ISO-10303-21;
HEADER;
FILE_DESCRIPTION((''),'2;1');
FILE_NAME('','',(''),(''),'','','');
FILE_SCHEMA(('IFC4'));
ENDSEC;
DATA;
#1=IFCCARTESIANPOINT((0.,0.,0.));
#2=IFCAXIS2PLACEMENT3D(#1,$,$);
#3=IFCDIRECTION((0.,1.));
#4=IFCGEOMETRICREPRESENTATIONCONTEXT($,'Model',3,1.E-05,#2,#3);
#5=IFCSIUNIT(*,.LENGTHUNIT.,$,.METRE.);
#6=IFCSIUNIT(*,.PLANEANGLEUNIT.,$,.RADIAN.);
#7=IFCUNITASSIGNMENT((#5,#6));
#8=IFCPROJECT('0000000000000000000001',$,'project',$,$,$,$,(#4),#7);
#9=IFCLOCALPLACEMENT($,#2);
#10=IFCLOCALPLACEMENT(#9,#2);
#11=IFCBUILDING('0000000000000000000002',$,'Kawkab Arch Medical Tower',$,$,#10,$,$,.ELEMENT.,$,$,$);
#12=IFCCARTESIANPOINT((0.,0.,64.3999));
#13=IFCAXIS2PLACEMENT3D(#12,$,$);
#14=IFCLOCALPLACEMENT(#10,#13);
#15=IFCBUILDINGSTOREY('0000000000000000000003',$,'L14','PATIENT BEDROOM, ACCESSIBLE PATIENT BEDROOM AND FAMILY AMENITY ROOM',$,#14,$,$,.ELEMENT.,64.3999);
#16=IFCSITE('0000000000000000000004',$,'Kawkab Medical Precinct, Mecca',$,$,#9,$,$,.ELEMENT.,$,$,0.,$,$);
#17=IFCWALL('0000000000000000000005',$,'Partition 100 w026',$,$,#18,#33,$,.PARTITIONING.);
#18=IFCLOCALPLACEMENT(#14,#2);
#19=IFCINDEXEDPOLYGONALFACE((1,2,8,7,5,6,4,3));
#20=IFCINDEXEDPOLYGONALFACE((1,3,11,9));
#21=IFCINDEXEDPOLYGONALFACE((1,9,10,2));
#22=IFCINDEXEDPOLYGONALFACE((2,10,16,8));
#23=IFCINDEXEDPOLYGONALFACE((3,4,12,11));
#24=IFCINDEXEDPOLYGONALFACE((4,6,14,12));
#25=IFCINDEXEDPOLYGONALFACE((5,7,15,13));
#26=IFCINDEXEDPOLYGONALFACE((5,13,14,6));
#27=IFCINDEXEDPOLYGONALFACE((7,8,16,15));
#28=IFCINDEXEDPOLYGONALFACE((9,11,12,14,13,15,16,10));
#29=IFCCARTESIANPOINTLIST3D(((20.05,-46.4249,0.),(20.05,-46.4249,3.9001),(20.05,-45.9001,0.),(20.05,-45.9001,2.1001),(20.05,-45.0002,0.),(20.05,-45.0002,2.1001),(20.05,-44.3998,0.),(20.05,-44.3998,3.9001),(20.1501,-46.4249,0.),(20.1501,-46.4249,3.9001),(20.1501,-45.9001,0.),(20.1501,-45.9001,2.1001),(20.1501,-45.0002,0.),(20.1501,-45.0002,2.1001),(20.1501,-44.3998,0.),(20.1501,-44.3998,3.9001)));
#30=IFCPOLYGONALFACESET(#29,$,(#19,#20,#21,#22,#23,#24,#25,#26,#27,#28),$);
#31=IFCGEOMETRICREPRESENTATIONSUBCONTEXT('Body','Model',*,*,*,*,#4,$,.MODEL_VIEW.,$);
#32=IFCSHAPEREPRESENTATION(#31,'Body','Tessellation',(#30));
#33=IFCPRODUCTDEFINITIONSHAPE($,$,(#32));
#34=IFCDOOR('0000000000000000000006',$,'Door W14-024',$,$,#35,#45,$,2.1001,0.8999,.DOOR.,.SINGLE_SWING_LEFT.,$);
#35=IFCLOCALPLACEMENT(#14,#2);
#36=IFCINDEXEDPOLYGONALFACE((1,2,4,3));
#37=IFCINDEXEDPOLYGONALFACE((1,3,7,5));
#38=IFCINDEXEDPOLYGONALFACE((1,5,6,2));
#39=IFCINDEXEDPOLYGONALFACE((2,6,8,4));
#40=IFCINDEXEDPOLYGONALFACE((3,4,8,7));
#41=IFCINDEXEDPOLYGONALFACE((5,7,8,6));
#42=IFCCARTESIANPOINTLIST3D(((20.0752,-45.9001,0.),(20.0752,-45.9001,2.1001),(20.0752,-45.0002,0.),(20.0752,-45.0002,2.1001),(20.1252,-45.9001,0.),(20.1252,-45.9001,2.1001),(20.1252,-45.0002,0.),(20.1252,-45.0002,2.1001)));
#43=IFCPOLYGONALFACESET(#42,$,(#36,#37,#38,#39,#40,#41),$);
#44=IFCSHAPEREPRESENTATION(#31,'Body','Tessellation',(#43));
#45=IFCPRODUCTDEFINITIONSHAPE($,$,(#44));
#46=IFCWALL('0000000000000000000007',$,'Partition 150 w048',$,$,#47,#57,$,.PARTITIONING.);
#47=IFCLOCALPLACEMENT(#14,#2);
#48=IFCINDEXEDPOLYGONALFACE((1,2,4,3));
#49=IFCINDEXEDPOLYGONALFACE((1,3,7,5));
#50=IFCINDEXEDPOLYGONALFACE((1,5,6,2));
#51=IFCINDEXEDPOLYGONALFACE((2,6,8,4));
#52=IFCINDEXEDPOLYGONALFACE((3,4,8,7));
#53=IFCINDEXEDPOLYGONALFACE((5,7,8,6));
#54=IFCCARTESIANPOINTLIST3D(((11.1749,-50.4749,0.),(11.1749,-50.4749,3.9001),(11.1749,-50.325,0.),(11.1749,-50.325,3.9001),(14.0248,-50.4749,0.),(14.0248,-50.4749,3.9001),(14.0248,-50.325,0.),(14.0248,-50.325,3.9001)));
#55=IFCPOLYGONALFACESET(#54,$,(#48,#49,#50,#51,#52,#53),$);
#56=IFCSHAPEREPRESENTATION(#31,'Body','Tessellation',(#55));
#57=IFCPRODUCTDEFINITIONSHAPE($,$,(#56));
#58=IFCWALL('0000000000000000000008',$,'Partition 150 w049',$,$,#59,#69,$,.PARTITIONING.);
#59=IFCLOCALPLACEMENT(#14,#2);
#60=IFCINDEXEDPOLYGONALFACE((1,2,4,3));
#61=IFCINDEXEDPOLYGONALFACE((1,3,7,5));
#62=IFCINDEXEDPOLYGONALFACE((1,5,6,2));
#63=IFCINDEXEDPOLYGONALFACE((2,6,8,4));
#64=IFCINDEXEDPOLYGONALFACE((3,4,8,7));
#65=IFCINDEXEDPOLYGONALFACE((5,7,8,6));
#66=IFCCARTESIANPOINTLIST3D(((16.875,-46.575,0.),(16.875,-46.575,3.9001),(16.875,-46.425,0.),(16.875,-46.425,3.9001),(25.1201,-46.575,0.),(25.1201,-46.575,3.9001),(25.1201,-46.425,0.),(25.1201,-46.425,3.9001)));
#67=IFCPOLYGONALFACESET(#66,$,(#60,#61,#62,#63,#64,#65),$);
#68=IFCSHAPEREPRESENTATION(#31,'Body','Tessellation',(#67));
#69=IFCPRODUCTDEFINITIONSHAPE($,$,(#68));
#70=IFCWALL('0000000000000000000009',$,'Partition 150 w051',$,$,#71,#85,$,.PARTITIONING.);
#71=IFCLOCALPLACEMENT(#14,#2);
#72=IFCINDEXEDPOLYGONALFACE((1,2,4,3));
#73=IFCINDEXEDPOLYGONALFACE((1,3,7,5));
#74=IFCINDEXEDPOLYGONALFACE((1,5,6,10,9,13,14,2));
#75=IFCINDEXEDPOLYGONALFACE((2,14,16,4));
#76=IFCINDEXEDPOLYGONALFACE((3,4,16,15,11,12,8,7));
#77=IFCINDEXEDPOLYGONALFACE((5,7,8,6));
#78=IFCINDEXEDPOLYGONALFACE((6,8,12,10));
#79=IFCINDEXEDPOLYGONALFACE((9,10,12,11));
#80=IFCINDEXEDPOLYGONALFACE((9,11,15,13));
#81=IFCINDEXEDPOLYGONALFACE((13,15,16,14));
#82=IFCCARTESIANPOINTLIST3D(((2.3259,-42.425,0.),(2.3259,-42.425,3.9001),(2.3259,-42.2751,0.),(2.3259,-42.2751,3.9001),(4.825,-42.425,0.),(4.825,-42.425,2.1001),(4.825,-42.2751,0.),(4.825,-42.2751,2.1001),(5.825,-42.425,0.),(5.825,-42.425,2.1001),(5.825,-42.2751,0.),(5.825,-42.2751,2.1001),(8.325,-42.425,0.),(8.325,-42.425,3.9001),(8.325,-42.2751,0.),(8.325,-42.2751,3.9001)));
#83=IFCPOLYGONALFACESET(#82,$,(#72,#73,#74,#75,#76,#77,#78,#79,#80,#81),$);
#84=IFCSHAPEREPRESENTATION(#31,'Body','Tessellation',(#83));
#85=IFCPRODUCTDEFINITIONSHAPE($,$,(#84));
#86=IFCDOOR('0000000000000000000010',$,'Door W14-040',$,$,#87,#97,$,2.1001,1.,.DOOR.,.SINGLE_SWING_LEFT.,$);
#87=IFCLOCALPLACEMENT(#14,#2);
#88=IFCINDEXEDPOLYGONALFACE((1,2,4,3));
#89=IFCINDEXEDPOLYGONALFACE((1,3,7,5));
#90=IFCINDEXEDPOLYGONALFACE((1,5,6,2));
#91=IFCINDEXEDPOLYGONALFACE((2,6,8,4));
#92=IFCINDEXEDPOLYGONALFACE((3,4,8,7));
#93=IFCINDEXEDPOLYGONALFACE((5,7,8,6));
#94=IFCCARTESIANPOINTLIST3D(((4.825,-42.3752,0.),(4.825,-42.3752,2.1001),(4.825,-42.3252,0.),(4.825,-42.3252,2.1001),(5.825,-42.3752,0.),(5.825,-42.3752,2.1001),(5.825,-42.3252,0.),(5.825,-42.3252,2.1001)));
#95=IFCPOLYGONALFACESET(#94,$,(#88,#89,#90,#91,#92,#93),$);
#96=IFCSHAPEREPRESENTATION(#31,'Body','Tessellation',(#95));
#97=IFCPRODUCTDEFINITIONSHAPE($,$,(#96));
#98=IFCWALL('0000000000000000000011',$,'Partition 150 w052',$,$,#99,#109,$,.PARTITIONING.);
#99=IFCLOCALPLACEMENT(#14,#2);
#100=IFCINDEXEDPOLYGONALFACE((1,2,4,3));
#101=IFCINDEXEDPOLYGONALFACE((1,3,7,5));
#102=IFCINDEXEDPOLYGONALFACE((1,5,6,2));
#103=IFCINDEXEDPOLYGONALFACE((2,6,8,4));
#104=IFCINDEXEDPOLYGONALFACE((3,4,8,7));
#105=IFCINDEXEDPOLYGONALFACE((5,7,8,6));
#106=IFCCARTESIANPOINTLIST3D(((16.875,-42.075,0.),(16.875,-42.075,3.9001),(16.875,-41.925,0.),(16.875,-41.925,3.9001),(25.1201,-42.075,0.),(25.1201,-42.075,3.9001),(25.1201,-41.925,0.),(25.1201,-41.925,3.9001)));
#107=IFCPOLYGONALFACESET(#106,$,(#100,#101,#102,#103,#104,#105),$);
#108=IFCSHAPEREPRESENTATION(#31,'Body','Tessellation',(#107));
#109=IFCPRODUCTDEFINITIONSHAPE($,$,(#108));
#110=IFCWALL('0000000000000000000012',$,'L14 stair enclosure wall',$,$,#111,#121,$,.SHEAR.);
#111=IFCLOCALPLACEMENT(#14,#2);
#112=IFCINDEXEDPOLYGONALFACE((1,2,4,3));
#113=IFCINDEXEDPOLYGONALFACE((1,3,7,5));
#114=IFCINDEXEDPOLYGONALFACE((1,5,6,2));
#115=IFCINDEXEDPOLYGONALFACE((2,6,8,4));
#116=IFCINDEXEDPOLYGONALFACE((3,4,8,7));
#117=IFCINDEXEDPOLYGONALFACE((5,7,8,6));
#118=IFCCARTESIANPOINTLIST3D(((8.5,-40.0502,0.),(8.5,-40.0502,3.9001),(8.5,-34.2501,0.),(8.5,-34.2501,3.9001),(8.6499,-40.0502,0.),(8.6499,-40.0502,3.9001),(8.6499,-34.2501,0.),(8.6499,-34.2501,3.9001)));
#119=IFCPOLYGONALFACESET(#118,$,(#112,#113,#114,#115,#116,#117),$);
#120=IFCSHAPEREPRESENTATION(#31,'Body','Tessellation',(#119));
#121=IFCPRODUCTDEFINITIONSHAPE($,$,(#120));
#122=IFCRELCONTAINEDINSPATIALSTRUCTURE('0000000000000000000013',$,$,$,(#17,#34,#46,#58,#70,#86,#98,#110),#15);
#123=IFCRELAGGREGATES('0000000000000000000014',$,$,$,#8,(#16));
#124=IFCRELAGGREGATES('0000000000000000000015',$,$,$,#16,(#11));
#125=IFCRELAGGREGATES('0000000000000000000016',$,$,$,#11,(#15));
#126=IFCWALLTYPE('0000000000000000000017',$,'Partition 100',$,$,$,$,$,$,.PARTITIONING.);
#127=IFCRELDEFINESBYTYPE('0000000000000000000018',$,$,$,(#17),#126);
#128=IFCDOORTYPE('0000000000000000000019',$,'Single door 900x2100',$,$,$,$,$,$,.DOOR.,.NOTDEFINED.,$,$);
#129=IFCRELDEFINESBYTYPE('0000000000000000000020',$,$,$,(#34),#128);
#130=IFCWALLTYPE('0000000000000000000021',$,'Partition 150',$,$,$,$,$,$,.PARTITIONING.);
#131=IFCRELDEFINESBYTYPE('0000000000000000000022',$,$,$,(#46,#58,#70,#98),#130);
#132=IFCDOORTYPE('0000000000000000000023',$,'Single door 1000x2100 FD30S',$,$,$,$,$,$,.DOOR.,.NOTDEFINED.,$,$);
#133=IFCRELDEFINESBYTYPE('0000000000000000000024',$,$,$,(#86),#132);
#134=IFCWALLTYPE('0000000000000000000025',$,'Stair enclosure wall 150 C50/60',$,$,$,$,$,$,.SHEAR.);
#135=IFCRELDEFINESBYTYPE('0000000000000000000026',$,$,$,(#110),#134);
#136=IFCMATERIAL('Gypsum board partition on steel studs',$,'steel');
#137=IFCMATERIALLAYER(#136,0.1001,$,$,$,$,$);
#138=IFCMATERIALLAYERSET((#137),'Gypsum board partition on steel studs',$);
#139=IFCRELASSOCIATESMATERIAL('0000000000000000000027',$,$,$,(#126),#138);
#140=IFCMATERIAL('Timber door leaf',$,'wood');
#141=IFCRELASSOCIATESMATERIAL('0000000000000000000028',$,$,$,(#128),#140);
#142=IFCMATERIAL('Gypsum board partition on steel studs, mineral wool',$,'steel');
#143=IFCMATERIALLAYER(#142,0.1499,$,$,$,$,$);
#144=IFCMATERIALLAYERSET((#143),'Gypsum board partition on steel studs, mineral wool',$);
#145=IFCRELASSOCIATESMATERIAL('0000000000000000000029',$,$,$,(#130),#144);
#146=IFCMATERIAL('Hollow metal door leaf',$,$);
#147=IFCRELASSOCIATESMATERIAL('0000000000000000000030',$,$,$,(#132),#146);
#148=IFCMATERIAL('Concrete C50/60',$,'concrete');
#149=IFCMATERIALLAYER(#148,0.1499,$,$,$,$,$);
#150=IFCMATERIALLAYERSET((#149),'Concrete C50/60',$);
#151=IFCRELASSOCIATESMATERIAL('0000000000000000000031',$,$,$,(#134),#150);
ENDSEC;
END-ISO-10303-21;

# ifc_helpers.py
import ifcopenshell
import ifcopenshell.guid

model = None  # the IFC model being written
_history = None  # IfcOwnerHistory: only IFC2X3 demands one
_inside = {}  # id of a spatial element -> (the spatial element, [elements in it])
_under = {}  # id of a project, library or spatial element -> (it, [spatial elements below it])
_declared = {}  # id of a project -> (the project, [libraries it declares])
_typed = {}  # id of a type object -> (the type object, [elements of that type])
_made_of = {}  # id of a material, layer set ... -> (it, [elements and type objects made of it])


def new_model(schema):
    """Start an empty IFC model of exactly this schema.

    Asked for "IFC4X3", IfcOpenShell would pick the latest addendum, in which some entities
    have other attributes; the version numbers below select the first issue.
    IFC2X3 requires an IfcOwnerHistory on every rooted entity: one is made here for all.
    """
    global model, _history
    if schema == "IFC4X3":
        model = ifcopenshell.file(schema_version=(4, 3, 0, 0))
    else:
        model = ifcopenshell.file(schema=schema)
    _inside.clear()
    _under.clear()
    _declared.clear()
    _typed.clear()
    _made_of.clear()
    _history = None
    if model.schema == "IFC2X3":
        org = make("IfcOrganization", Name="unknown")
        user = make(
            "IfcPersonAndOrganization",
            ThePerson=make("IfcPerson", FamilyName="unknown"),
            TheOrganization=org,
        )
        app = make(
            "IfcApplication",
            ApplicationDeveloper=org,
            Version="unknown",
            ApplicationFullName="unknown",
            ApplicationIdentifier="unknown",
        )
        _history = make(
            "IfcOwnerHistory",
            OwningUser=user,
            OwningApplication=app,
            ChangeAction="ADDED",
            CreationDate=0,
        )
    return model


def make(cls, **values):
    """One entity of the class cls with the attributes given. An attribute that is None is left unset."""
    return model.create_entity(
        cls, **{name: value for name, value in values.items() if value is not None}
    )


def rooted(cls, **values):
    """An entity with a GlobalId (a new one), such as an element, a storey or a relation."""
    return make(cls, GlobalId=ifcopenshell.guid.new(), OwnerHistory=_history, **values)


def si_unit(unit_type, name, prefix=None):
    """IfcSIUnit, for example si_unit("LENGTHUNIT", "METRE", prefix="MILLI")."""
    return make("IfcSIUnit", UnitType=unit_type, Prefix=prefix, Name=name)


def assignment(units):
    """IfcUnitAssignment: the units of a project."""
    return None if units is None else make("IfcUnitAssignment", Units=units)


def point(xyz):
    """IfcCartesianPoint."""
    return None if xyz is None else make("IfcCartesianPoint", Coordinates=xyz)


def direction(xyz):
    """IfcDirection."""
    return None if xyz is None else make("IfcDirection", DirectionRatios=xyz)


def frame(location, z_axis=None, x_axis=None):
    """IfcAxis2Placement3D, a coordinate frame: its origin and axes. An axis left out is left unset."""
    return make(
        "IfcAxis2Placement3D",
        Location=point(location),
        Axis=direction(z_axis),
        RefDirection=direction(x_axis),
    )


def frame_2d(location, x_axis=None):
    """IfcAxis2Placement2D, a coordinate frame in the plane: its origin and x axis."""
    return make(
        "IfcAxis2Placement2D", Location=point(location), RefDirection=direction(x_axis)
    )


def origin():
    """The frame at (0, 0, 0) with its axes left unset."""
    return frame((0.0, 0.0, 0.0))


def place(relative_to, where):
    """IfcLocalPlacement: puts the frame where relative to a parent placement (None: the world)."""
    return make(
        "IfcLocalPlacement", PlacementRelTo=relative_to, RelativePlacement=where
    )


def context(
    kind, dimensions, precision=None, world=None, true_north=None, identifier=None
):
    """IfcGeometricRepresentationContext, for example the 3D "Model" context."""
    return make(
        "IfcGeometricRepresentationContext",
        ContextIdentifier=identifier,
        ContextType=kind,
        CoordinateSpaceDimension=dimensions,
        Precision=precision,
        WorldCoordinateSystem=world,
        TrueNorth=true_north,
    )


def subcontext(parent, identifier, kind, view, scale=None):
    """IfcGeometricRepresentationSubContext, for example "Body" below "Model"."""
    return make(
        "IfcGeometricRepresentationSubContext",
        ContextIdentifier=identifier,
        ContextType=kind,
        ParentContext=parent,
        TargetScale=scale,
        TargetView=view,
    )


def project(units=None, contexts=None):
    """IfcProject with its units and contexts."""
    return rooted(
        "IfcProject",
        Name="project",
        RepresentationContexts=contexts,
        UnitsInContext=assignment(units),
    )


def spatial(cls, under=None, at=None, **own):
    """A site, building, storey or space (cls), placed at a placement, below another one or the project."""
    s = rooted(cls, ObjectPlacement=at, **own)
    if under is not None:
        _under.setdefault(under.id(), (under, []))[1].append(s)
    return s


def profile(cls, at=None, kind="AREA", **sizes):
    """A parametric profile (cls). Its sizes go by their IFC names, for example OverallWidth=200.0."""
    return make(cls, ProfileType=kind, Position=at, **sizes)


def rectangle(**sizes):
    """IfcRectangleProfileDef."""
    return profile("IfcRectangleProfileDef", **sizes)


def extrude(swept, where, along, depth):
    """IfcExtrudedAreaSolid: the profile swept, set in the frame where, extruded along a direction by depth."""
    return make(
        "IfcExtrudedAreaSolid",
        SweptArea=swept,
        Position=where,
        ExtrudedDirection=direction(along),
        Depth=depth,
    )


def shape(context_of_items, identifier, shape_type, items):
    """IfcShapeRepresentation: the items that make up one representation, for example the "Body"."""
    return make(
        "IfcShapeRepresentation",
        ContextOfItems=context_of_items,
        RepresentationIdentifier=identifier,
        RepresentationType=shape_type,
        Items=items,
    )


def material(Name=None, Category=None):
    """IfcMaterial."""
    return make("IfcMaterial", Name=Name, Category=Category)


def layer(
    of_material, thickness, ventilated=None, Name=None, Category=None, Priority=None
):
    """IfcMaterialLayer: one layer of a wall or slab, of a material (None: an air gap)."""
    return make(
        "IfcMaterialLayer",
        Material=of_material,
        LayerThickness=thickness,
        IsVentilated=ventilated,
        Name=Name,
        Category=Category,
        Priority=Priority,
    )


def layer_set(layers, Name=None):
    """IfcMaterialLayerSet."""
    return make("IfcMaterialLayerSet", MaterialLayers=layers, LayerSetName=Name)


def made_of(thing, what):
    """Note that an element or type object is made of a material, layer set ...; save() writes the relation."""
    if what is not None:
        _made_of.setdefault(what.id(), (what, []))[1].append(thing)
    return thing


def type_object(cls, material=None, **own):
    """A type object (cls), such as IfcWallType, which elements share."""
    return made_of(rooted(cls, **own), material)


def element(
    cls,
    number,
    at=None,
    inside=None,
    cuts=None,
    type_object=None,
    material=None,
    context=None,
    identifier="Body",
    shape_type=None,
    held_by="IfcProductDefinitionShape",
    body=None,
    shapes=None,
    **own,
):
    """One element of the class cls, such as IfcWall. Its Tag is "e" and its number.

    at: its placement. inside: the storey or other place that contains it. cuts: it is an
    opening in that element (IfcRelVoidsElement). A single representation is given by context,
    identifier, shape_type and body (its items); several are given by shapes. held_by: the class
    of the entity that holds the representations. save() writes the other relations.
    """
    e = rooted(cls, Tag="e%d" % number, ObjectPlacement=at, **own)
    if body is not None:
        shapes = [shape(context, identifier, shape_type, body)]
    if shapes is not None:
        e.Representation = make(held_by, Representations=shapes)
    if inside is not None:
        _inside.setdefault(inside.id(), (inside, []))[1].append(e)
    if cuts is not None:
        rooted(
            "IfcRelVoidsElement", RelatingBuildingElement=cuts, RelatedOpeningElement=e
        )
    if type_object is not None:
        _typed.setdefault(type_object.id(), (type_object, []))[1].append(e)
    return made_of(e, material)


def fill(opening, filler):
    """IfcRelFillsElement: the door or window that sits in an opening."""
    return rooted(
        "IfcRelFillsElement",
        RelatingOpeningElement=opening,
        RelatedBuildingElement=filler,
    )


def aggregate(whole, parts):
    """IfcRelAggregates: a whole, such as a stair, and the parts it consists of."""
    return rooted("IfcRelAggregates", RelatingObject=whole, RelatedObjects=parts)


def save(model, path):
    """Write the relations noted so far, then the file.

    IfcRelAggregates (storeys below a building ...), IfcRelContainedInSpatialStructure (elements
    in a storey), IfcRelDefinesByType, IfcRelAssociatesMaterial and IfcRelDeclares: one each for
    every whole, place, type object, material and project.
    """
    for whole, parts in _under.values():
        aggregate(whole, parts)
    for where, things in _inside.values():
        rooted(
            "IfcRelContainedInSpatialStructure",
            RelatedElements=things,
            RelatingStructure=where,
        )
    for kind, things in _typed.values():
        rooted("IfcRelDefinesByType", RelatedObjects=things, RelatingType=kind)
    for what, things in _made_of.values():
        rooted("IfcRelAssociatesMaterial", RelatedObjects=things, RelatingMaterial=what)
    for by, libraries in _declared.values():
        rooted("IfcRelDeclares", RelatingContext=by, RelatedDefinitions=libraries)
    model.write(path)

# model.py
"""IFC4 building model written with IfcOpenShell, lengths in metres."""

from ifc_helpers import new_model, si_unit, direction, frame, frame_2d, origin, place, context, subcontext, project, spatial, rectangle, extrude, material, layer, layer_set, type_object, element, fill, save


model = new_model("IFC4")

# Units and contexts
model_context = context("Model", 3, precision=1e-05, world=origin(), true_north=direction((0.0, 1.0)))
body_context = subcontext(model_context, "Body", "Model", "MODEL_VIEW")
ifc_project = project(units=[si_unit("LENGTHUNIT", "METRE"), si_unit("PLANEANGLEUNIT", "RADIAN")], contexts=[model_context])

# Site, building, storey
site_placement = place(None, origin())
site = spatial("IfcSite", under=ifc_project, at=site_placement, Name="Kawkab Medical Precinct, Mecca", CompositionType="ELEMENT", RefElevation=0.0)
building_placement = place(site_placement, origin())
building = spatial("IfcBuilding", under=site, at=building_placement, Name="Kawkab Arch Medical Tower", CompositionType="ELEMENT")
storey_placement = place(building_placement, frame((0.0, 0.0, 64.3999)))
storey = spatial("IfcBuildingStorey", under=building, at=storey_placement, Name="L14", Description="PATIENT BEDROOM, ACCESSIBLE PATIENT BEDROOM AND FAMILY AMENITY ROOM", CompositionType="ELEMENT", Elevation=64.3999)

# Shared definitions
ifc_material_1 = material(Name="Gypsum board partition on steel studs", Category="steel")
ifc_layer_1 = layer(ifc_material_1, 0.1001)
ifc_layer_set_1 = layer_set([ifc_layer_1], Name="Gypsum board partition on steel studs")
wall_type_1 = type_object("IfcWallType", Name="Partition 100", PredefinedType="PARTITIONING", material=ifc_layer_set_1)

# Wall, opening, door
ifc_material_2 = material(Name="Timber door leaf", Category="wood")
door_type_1 = type_object("IfcDoorType", Name="Single door 900x2100", OperationType="NOTDEFINED", PredefinedType="DOOR", material=ifc_material_2)
wall_1_placement = place(storey_placement, frame((20.1001, -46.425, 0.0), z_axis=(0.0, 0.0, 1.0), x_axis=(0.0, 1.0, 0.0)))
wall_1 = element("IfcWall", 1, at=wall_1_placement, inside=storey, type_object=wall_type_1, Name="Partition 100 w026", PredefinedType="PARTITIONING", context=body_context, shape_type="SweptSolid", body=[
    extrude(rectangle(XDim=2.0251, YDim=0.1001, at=frame_2d((1.0127, 0.0))), origin(), (0.0, 0.0, 1.0), 3.9001),
])
opening_1_placement = place(wall_1_placement, frame((0.5249, 0.0, 0.0)))
opening_1 = element("IfcOpeningElement", 2, at=opening_1_placement, cuts=wall_1, PredefinedType="OPENING", context=body_context, shape_type="SweptSolid", body=[
    extrude(rectangle(XDim=0.8999, YDim=2.1001, at=frame_2d((0.45, 1.05))), frame((0.0, 0.0601, 0.0), z_axis=(0.0, -1.0, 0.0), x_axis=(1.0, 0.0, 0.0)), (0.0, 0.0, 1.0), 0.1201),
])
door_1_placement = place(opening_1_placement, origin())
door_1 = element("IfcDoor", 3, at=door_1_placement, inside=storey, type_object=door_type_1, Name="Door W14-024", OperationType="SINGLE_SWING_LEFT", OverallHeight=2.1001, OverallWidth=0.8999, PredefinedType="DOOR", context=body_context, shape_type="SweptSolid", body=[
    extrude(rectangle(XDim=0.8999, YDim=2.1001, at=frame_2d((0.45, 1.05))), frame((0.0, 0.0249, 0.0), z_axis=(0.0, -1.0, 0.0), x_axis=(1.0, 0.0, 0.0)), (0.0, 0.0, 1.0), 0.05),
])
fill(opening_1, door_1)

# Walls
ifc_material_3 = material(Name="Gypsum board partition on steel studs, mineral wool", Category="steel")
ifc_layer_2 = layer(ifc_material_3, 0.1499)
ifc_layer_set_2 = layer_set([ifc_layer_2], Name="Gypsum board partition on steel studs, mineral wool")
wall_type_2 = type_object("IfcWallType", Name="Partition 150", PredefinedType="PARTITIONING", material=ifc_layer_set_2)
wall_2_placement = place(storey_placement, frame((11.175, -50.3999, 0.0), z_axis=(0.0, 0.0, 1.0), x_axis=(1.0, 0.0, 0.0)))
element("IfcWall", 4, at=wall_2_placement, inside=storey, type_object=wall_type_2, Name="Partition 150 w048", PredefinedType="PARTITIONING", context=body_context, shape_type="SweptSolid", body=[
    extrude(rectangle(XDim=2.8499, YDim=0.1499, at=frame_2d((1.4248, 0.0))), origin(), (0.0, 0.0, 1.0), 3.9001),
])
wall_3_placement = place(storey_placement, frame((16.875, -46.5, 0.0), z_axis=(0.0, 0.0, 1.0), x_axis=(1.0, 0.0, 0.0)))
element("IfcWall", 5, at=wall_3_placement, inside=storey, type_object=wall_type_2, Name="Partition 150 w049", PredefinedType="PARTITIONING", context=body_context, shape_type="SweptSolid", body=[
    extrude(rectangle(XDim=8.2451, YDim=0.1499, at=frame_2d((4.1226, 0.0))), origin(), (0.0, 0.0, 1.0), 3.9001),
])

# Wall, opening, door
wall_4_placement = place(storey_placement, frame((2.3259, -42.3501, 0.0), z_axis=(0.0, 0.0, 1.0), x_axis=(1.0, 0.0, 0.0)))
wall_4 = element("IfcWall", 6, at=wall_4_placement, inside=storey, type_object=wall_type_2, Name="Partition 150 w051", PredefinedType="PARTITIONING", context=body_context, shape_type="SweptSolid", body=[
    extrude(rectangle(XDim=5.999, YDim=0.1499, at=frame_2d((2.9995, 0.0))), origin(), (0.0, 0.0, 1.0), 3.9001),
])
opening_2_placement = place(wall_4_placement, frame((2.499, 0.0, 0.0)))
opening_2 = element("IfcOpeningElement", 7, at=opening_2_placement, cuts=wall_4, PredefinedType="OPENING", context=body_context, shape_type="SweptSolid", body=[
    extrude(rectangle(XDim=1.0, YDim=2.1001, at=frame_2d((0.5, 1.05))), frame((0.0, 0.085, 0.0), z_axis=(0.0, -1.0, 0.0), x_axis=(1.0, 0.0, 0.0)), (0.0, 0.0, 1.0), 0.1699),
])
ifc_material_4 = material(Name="Hollow metal door leaf")
door_type_2 = type_object("IfcDoorType", Name="Single door 1000x2100 FD30S", OperationType="NOTDEFINED", PredefinedType="DOOR", material=ifc_material_4)
door_2_placement = place(opening_2_placement, origin())
door_2 = element("IfcDoor", 8, at=door_2_placement, inside=storey, type_object=door_type_2, Name="Door W14-040", OperationType="SINGLE_SWING_LEFT", OverallHeight=2.1001, OverallWidth=1.0, PredefinedType="DOOR", context=body_context, shape_type="SweptSolid", body=[
    extrude(rectangle(XDim=1.0, YDim=2.1001, at=frame_2d((0.5, 1.05))), frame((0.0, 0.0249, 0.0), z_axis=(0.0, -1.0, 0.0), x_axis=(1.0, 0.0, 0.0)), (0.0, 0.0, 1.0), 0.05),
])
fill(opening_2, door_2)

# Walls
wall_5_placement = place(storey_placement, frame((16.875, -42.0, 0.0), z_axis=(0.0, 0.0, 1.0), x_axis=(1.0, 0.0, 0.0)))
element("IfcWall", 9, at=wall_5_placement, inside=storey, type_object=wall_type_2, Name="Partition 150 w052", PredefinedType="PARTITIONING", context=body_context, shape_type="SweptSolid", body=[
    extrude(rectangle(XDim=8.2451, YDim=0.1499, at=frame_2d((4.1226, 0.0))), origin(), (0.0, 0.0, 1.0), 3.9001),
])
ifc_material_5 = material(Name="Concrete C50/60", Category="concrete")
ifc_layer_3 = layer(ifc_material_5, 0.1499)
ifc_layer_set_3 = layer_set([ifc_layer_3], Name="Concrete C50/60")
wall_type_3 = type_object("IfcWallType", Name="Stair enclosure wall 150 C50/60", PredefinedType="SHEAR", material=ifc_layer_set_3)
wall_6_placement = place(storey_placement, frame((8.575, -40.05, 0.0), z_axis=(0.0, 0.0, 1.0), x_axis=(0.0, 1.0, 0.0)))
element("IfcWall", 10, at=wall_6_placement, inside=storey, type_object=wall_type_3, Name="L14 stair enclosure wall", PredefinedType="SHEAR", context=body_context, shape_type="SweptSolid", body=[
    extrude(rectangle(XDim=5.8, YDim=0.1499, at=frame_2d((2.8999, 0.0))), origin(), (0.0, 0.0, 1.0), 3.9001),
])

save(model, "model.ifc")
